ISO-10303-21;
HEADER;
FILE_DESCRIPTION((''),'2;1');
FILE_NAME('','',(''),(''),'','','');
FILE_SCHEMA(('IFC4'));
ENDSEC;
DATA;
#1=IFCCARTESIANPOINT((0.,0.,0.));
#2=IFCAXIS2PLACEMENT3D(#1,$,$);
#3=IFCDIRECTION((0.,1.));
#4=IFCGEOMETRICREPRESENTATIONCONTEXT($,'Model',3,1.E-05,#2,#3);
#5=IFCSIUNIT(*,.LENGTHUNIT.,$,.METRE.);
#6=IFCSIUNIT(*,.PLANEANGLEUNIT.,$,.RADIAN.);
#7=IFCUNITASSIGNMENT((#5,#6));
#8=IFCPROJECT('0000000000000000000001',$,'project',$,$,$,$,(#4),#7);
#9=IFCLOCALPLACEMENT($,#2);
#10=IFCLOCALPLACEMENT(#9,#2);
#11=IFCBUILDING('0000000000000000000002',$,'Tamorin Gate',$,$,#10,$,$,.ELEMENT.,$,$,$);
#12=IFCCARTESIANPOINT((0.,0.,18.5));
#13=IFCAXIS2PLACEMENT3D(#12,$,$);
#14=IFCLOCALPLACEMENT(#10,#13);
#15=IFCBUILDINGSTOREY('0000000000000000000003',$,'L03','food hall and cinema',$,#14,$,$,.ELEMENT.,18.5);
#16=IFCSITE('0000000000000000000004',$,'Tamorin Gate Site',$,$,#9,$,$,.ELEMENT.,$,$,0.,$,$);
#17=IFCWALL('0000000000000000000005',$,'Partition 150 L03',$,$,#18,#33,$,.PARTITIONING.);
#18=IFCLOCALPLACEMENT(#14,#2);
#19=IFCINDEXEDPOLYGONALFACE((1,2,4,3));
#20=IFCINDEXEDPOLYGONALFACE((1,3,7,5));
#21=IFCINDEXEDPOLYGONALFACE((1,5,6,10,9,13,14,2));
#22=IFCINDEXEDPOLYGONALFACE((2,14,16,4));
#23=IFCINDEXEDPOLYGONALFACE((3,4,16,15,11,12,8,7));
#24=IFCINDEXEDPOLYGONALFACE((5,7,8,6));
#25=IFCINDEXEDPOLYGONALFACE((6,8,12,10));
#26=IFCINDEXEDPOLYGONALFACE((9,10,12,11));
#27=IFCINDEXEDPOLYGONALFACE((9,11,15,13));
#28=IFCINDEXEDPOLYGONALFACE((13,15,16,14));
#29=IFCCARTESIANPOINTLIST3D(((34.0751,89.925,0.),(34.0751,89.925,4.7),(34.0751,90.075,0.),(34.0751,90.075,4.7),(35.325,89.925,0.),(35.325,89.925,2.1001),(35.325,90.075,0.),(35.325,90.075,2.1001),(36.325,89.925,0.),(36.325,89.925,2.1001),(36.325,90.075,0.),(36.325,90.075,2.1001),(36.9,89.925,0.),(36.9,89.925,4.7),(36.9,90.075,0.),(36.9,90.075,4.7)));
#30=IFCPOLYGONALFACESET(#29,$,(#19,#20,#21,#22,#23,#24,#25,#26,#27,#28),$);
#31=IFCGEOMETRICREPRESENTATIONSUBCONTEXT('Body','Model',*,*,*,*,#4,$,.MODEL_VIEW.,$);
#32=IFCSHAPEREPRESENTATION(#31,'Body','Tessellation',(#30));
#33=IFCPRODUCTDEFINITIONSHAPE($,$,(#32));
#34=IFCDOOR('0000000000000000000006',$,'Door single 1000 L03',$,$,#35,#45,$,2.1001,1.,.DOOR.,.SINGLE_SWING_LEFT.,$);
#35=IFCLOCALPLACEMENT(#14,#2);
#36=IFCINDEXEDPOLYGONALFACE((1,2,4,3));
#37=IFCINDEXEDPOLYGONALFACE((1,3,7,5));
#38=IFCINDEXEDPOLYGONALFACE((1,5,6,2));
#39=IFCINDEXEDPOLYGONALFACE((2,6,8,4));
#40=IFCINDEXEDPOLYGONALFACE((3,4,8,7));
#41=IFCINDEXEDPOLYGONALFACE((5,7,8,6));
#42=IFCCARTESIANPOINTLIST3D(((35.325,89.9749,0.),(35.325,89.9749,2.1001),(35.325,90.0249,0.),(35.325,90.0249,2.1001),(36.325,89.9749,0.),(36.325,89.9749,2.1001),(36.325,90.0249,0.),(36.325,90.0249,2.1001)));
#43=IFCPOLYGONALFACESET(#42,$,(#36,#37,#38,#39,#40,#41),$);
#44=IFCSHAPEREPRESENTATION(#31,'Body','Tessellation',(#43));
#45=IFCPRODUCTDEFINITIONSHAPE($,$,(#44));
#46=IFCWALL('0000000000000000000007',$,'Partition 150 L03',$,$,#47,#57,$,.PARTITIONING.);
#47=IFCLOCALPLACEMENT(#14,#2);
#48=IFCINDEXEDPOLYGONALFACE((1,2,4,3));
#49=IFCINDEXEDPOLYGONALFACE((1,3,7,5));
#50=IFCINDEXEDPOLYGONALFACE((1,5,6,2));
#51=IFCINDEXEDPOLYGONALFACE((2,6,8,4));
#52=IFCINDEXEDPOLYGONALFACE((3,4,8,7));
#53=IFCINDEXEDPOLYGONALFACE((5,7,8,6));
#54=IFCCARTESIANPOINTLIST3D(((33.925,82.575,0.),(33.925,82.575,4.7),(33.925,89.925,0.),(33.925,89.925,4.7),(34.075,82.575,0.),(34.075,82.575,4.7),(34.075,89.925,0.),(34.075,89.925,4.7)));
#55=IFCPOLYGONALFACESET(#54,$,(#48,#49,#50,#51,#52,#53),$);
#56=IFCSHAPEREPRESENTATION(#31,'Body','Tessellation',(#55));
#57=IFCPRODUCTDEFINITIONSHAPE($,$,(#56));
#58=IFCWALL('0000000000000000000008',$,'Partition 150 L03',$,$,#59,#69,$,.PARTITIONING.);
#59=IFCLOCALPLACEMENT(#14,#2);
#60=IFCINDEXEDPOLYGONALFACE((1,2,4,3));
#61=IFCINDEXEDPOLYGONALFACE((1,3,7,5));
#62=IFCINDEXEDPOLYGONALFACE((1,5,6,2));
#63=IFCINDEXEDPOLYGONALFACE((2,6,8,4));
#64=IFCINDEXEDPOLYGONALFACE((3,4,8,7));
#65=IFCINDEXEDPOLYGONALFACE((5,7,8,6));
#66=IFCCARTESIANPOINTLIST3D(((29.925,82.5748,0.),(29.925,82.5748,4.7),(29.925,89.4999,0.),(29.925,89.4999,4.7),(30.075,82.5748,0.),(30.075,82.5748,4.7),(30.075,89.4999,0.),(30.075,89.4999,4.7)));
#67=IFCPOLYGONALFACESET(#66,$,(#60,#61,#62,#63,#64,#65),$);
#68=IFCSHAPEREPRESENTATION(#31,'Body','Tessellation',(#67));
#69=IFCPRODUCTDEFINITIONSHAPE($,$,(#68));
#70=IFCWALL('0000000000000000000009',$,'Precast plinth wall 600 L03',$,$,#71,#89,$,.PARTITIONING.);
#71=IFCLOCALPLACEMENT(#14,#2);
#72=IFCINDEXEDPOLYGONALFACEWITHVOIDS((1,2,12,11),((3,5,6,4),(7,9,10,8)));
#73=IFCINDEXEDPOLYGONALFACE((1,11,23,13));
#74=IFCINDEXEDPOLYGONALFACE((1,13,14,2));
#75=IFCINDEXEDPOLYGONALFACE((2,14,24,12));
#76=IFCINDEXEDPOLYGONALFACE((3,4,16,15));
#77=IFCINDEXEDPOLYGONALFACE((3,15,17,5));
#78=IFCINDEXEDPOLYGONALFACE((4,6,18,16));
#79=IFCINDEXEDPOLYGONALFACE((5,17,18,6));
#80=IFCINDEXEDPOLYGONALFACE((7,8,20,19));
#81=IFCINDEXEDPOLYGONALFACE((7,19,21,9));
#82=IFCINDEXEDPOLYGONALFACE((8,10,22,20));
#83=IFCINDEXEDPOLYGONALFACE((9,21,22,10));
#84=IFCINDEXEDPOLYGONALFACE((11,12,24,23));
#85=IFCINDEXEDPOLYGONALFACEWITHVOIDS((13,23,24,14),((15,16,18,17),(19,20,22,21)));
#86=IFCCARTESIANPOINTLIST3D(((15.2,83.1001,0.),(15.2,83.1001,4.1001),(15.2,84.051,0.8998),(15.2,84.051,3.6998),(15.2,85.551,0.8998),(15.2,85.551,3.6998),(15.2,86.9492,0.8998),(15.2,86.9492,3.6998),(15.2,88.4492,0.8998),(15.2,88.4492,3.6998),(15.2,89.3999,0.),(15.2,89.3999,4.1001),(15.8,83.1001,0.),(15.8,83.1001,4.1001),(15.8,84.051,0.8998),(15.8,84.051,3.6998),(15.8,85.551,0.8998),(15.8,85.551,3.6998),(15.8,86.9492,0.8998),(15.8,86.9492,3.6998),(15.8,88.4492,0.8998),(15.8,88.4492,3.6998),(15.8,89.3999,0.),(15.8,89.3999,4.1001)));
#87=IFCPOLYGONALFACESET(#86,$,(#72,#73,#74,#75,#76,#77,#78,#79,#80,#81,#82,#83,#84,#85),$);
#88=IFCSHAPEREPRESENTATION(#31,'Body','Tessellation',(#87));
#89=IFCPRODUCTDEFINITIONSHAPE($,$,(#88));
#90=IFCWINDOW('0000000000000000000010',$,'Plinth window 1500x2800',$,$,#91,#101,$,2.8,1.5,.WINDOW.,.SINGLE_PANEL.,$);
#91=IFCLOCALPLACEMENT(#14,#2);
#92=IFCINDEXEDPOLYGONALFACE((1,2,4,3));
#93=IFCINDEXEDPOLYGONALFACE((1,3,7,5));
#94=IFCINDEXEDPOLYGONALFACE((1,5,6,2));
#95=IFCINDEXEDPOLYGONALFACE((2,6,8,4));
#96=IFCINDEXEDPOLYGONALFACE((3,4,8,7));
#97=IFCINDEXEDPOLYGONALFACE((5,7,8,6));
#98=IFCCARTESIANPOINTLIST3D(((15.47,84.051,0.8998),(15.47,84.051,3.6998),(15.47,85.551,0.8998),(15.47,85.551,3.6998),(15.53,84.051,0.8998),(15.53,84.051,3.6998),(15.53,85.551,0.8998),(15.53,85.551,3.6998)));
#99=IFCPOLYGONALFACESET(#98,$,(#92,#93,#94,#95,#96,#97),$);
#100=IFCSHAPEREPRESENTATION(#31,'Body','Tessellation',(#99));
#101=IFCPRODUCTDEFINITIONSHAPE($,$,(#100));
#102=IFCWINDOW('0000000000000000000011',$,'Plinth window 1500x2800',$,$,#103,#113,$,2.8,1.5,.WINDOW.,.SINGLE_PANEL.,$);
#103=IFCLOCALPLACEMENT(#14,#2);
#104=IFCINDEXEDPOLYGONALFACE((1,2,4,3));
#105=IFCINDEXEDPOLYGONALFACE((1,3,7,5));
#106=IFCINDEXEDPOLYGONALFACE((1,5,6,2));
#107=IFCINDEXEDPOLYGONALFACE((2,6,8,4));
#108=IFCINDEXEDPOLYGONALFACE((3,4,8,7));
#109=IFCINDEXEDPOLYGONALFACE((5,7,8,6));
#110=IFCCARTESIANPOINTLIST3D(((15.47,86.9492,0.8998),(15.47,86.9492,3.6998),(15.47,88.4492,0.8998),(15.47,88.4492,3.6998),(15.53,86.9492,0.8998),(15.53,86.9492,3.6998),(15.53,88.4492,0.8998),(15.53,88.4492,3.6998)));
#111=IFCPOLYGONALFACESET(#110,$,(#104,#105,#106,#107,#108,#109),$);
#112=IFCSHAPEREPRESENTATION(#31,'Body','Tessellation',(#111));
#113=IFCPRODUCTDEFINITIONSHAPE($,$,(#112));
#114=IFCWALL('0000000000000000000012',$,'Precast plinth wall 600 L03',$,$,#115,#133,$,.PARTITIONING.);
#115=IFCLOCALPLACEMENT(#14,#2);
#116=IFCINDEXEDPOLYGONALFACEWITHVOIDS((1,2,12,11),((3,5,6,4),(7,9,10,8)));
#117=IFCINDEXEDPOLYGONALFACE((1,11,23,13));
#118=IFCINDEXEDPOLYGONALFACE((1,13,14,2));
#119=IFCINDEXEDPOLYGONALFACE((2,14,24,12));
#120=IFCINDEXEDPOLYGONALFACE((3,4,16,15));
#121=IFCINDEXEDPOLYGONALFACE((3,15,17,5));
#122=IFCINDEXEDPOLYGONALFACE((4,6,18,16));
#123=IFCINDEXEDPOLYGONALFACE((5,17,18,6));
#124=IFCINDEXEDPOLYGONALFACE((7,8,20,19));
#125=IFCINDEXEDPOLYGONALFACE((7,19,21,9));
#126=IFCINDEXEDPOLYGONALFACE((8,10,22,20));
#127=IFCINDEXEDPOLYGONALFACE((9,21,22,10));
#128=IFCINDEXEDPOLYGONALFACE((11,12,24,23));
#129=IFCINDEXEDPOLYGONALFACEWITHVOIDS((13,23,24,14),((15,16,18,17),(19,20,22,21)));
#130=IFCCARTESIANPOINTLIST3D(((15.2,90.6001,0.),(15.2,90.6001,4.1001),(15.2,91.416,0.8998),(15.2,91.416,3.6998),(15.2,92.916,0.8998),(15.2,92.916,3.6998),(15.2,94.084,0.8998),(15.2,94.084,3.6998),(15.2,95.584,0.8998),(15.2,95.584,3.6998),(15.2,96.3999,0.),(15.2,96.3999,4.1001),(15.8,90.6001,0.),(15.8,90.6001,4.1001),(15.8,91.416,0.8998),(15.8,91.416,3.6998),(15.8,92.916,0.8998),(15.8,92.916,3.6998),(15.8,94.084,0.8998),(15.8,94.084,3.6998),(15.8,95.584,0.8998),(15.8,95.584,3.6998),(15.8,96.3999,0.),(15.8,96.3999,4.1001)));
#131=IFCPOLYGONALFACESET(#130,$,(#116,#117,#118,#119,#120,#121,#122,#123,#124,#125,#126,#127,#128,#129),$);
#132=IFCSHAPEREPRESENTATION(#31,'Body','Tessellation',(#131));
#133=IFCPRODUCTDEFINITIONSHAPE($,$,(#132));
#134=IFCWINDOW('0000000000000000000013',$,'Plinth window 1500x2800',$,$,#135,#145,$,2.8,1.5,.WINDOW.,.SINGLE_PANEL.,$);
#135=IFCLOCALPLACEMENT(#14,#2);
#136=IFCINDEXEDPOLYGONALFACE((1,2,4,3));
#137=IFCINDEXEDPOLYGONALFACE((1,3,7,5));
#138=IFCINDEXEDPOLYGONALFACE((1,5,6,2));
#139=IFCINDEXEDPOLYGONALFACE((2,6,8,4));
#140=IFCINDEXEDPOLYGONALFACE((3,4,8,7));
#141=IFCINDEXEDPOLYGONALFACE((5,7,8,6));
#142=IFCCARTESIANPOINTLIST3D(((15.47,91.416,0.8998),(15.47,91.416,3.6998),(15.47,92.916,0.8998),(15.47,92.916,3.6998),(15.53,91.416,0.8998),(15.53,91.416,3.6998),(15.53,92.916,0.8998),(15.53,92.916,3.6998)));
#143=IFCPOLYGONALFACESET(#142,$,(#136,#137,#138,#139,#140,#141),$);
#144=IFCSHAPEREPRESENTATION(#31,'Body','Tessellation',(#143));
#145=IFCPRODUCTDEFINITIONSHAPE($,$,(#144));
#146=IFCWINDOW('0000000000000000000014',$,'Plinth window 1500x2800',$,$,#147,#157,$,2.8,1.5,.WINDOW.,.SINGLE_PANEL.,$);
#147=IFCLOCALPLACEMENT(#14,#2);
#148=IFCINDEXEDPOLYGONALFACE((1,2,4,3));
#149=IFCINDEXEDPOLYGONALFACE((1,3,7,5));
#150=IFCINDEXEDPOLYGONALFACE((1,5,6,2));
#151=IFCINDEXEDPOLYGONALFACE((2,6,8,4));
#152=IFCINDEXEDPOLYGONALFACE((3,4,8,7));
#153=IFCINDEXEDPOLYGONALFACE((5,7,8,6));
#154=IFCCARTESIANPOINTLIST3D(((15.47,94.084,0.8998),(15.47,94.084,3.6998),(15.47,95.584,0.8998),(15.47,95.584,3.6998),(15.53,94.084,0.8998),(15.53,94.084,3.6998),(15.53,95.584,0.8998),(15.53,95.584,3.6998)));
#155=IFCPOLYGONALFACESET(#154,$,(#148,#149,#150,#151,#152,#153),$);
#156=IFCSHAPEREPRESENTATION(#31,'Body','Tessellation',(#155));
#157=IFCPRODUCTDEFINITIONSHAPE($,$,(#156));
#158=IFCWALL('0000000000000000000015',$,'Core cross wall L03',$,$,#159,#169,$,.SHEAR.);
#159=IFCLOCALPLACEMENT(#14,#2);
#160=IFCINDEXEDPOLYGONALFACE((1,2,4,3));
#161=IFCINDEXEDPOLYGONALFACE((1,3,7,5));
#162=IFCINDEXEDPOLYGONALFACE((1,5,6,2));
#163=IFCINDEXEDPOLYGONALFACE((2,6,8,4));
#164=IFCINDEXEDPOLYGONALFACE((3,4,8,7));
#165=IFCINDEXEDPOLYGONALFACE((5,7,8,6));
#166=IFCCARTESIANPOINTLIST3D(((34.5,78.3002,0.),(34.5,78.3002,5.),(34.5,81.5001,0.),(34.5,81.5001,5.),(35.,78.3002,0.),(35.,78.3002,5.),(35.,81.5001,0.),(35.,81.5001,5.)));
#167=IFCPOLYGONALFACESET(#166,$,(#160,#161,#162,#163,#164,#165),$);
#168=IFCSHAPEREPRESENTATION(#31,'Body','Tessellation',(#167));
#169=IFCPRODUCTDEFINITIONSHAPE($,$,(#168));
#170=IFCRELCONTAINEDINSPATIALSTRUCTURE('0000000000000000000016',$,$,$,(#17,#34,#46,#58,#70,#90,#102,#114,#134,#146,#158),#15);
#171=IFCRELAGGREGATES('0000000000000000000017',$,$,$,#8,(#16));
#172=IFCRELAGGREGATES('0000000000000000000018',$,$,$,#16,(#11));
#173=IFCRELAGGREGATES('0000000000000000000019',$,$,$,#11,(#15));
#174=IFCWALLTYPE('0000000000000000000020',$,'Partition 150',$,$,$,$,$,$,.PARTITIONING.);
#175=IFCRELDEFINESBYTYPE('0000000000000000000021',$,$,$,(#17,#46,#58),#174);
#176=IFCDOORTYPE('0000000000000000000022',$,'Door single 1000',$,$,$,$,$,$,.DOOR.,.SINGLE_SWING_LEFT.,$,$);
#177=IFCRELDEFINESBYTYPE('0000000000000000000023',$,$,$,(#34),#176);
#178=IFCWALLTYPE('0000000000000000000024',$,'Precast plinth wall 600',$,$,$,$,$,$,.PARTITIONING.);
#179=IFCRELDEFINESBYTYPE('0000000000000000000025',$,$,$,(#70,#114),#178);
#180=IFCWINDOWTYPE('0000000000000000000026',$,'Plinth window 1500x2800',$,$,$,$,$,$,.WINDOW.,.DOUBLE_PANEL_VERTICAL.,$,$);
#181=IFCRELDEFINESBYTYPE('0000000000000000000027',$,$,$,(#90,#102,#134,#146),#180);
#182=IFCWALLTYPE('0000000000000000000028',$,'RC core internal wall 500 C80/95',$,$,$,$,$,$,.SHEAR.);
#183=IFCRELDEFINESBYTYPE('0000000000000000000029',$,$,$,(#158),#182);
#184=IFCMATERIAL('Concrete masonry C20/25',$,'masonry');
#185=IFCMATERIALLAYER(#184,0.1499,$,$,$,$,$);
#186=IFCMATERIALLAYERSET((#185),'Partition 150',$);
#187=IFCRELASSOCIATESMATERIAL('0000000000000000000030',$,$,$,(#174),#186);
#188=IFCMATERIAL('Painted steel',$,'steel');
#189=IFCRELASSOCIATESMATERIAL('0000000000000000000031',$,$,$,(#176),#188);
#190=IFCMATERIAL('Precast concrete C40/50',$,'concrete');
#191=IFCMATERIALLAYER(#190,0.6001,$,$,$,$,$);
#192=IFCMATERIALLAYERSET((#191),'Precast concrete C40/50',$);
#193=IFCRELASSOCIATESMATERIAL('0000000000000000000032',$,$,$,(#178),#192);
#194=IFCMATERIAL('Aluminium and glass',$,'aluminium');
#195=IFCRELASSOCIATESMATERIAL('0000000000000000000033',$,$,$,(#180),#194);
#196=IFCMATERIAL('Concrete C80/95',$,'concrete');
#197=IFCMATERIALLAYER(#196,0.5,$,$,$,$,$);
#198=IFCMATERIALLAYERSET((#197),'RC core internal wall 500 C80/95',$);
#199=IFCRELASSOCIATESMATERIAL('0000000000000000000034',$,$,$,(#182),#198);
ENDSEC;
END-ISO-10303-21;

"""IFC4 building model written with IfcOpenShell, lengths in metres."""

from ifc_helpers import new_model, si_unit, direction, frame, frame_2d, origin, place, context, subcontext, project, spatial, rectangle, extrude, material, layer, layer_set, type_object, element, fill, save


model = new_model("IFC4")

# Units and contexts
model_context = context("Model", 3, precision=1e-05, world=origin(), true_north=direction((0.0, 1.0)))
body_context = subcontext(model_context, "Body", "Model", "MODEL_VIEW")
ifc_project = project(units=[si_unit("LENGTHUNIT", "METRE"), si_unit("PLANEANGLEUNIT", "RADIAN")], contexts=[model_context])

# Site, building, storey
site_placement = place(None, origin())
site = spatial("IfcSite", under=ifc_project, at=site_placement, Name="Tamorin Gate Site", CompositionType="ELEMENT", RefElevation=0.0)
building_placement = place(site_placement, origin())
building = spatial("IfcBuilding", under=site, at=building_placement, Name="Tamorin Gate", CompositionType="ELEMENT")
storey_placement = place(building_placement, frame((0.0, 0.0, 18.5)))
storey = spatial("IfcBuildingStorey", under=building, at=storey_placement, Name="L03", Description="food hall and cinema", CompositionType="ELEMENT", Elevation=18.5)

# Shared definitions
ifc_material_1 = material(Name="Concrete C80/95", Category="concrete")

# Shared definitions
ifc_material_2 = material(Name="Concrete masonry C20/25", Category="masonry")
ifc_layer_1 = layer(ifc_material_2, 0.1499)
ifc_layer_set_1 = layer_set([ifc_layer_1], Name="Partition 150")
wall_type_1 = type_object("IfcWallType", Name="Partition 150", PredefinedType="PARTITIONING", material=ifc_layer_set_1)

# Wall, opening, door
ifc_material_3 = material(Name="Painted steel", Category="steel")
door_type_1 = type_object("IfcDoorType", Name="Door single 1000", OperationType="SINGLE_SWING_LEFT", PredefinedType="DOOR", material=ifc_material_3)
wall_1_placement = place(storey_placement, frame((34.075, 90.0, 0.0), z_axis=(0.0, 0.0, 1.0), x_axis=(1.0, 0.0, 0.0)))
wall_1 = element("IfcWall", 1, at=wall_1_placement, inside=storey, type_object=wall_type_1, Name="Partition 150 L03", PredefinedType="PARTITIONING", context=body_context, shape_type="SweptSolid", body=[
    extrude(rectangle(XDim=2.825, YDim=0.1499, at=frame_2d((1.4126, 0.0))), origin(), (0.0, 0.0, 1.0), 4.7),
])
opening_1_placement = place(wall_1_placement, frame((1.25, 0.0, 0.0)))
opening_1 = element("IfcOpeningElement", 2, at=opening_1_placement, cuts=wall_1, PredefinedType="OPENING", context=body_context, shape_type="SweptSolid", body=[
    extrude(rectangle(XDim=1.0, YDim=2.1001, at=frame_2d((0.5, 1.05))), frame((0.0, 0.085, 0.0), z_axis=(0.0, -1.0, 0.0), x_axis=(1.0, 0.0, 0.0)), (0.0, 0.0, 1.0), 0.1699),
])
door_1_placement = place(opening_1_placement, origin())
door_1 = element("IfcDoor", 3, at=door_1_placement, inside=storey, type_object=door_type_1, Name="Door single 1000 L03", OperationType="SINGLE_SWING_LEFT", OverallHeight=2.1001, OverallWidth=1.0, PredefinedType="DOOR", context=body_context, shape_type="SweptSolid", body=[
    extrude(rectangle(XDim=1.0, YDim=2.1001, at=frame_2d((0.5, 1.05))), frame((0.0, 0.0249, 0.0), z_axis=(0.0, -1.0, 0.0), x_axis=(1.0, 0.0, 0.0)), (0.0, 0.0, 1.0), 0.05),
])
fill(opening_1, door_1)

# Walls
wall_2_placement = place(storey_placement, frame((34.0, 82.575, 0.0), z_axis=(0.0, 0.0, 1.0), x_axis=(0.0, 1.0, 0.0)))
element("IfcWall", 4, at=wall_2_placement, inside=storey, type_object=wall_type_1, Name="Partition 150 L03", PredefinedType="PARTITIONING", context=body_context, shape_type="SweptSolid", body=[
    extrude(rectangle(XDim=7.3501, YDim=0.1499, at=frame_2d((3.675, 0.0))), origin(), (0.0, 0.0, 1.0), 4.7),
])
wall_3_placement = place(storey_placement, frame((30.0, 82.575, 0.0), z_axis=(0.0, 0.0, 1.0), x_axis=(0.0, 1.0, 0.0)))
element("IfcWall", 5, at=wall_3_placement, inside=storey, type_object=wall_type_1, Name="Partition 150 L03", PredefinedType="PARTITIONING", context=body_context, shape_type="SweptSolid", body=[
    extrude(rectangle(XDim=6.925, YDim=0.1499, at=frame_2d((3.4624, 0.0))), origin(), (0.0, 0.0, 1.0), 4.7),
])

# Walls, openings, windows
ifc_material_4 = material(Name="Precast concrete C40/50", Category="concrete")
ifc_layer_2 = layer(ifc_material_4, 0.6001)
ifc_layer_set_2 = layer_set([ifc_layer_2], Name="Precast concrete C40/50")
wall_type_2 = type_object("IfcWallType", Name="Precast plinth wall 600", PredefinedType="PARTITIONING", material=ifc_layer_set_2)
wall_4_placement = place(storey_placement, frame((15.5, 83.1001, 0.0), z_axis=(0.0, 0.0, 1.0), x_axis=(0.0, 1.0, 0.0)))
wall_4 = element("IfcWall", 6, at=wall_4_placement, inside=storey, type_object=wall_type_2, Name="Precast plinth wall 600 L03", PredefinedType="PARTITIONING", context=body_context, shape_type="SweptSolid", body=[
    extrude(rectangle(XDim=6.2998, YDim=0.6001, at=frame_2d((3.1499, 0.0))), origin(), (0.0, 0.0, 1.0), 4.1001),
])
opening_2_placement = place(wall_4_placement, frame((0.9509, 0.0, 0.8999)))
opening_2 = element("IfcOpeningElement", 7, at=opening_2_placement, cuts=wall_4, PredefinedType="OPENING", context=body_context, shape_type="SweptSolid", body=[
    extrude(rectangle(XDim=1.5, YDim=2.8, at=frame_2d((0.75, 1.3999))), frame((0.0, 0.3101, 0.0), z_axis=(0.0, -1.0, 0.0), x_axis=(1.0, 0.0, 0.0)), (0.0, 0.0, 1.0), 0.6201),
])
opening_3_placement = place(wall_4_placement, frame((3.8491, 0.0, 0.8999)))
opening_3 = element("IfcOpeningElement", 8, at=opening_3_placement, cuts=wall_4, PredefinedType="OPENING", context=body_context, shape_type="SweptSolid", body=[
    extrude(rectangle(XDim=1.5, YDim=2.8, at=frame_2d((0.75, 1.3999))), frame((0.0, 0.3101, 0.0), z_axis=(0.0, -1.0, 0.0), x_axis=(1.0, 0.0, 0.0)), (0.0, 0.0, 1.0), 0.6201),
])
ifc_material_5 = material(Name="Aluminium and glass", Category="aluminium")
window_type = type_object("IfcWindowType", Name="Plinth window 1500x2800", PartitioningType="DOUBLE_PANEL_VERTICAL", PredefinedType="WINDOW", material=ifc_material_5)
window_1_placement = place(opening_2_placement, origin())
window_1 = element("IfcWindow", 9, at=window_1_placement, inside=storey, type_object=window_type, Name="Plinth window 1500x2800", OverallHeight=2.8, OverallWidth=1.5, PartitioningType="SINGLE_PANEL", PredefinedType="WINDOW", context=body_context, shape_type="SweptSolid", body=[
    extrude(rectangle(XDim=1.5, YDim=2.8, at=frame_2d((0.75, 1.3999))), frame((0.0, 0.03, 0.0), z_axis=(0.0, -1.0, 0.0), x_axis=(1.0, 0.0, 0.0)), (0.0, 0.0, 1.0), 0.0601),
])
fill(opening_2, window_1)
window_2_placement = place(opening_3_placement, origin())
window_2 = element("IfcWindow", 10, at=window_2_placement, inside=storey, type_object=window_type, Name="Plinth window 1500x2800", OverallHeight=2.8, OverallWidth=1.5, PartitioningType="SINGLE_PANEL", PredefinedType="WINDOW", context=body_context, shape_type="SweptSolid", body=[
    extrude(rectangle(XDim=1.5, YDim=2.8, at=frame_2d((0.75, 1.3999))), frame((0.0, 0.03, 0.0), z_axis=(0.0, -1.0, 0.0), x_axis=(1.0, 0.0, 0.0)), (0.0, 0.0, 1.0), 0.0601),
])
fill(opening_3, window_2)
wall_5_placement = place(storey_placement, frame((15.5, 90.6001, 0.0), z_axis=(0.0, 0.0, 1.0), x_axis=(0.0, 1.0, 0.0)))
wall_5 = element("IfcWall", 11, at=wall_5_placement, inside=storey, type_object=wall_type_2, Name="Precast plinth wall 600 L03", PredefinedType="PARTITIONING", context=body_context, shape_type="SweptSolid", body=[
    extrude(rectangle(XDim=5.7998, YDim=0.6001, at=frame_2d((2.8999, 0.0))), origin(), (0.0, 0.0, 1.0), 4.1001),
])
opening_4_placement = place(wall_5_placement, frame((0.8159, 0.0, 0.8999)))
opening_4 = element("IfcOpeningElement", 12, at=opening_4_placement, cuts=wall_5, PredefinedType="OPENING", context=body_context, shape_type="SweptSolid", body=[
    extrude(rectangle(XDim=1.5, YDim=2.8, at=frame_2d((0.75, 1.3999))), frame((0.0, 0.3101, 0.0), z_axis=(0.0, -1.0, 0.0), x_axis=(1.0, 0.0, 0.0)), (0.0, 0.0, 1.0), 0.6201),
])
opening_5_placement = place(wall_5_placement, frame((3.4839, 0.0, 0.8999)))
opening_5 = element("IfcOpeningElement", 13, at=opening_5_placement, cuts=wall_5, PredefinedType="OPENING", context=body_context, shape_type="SweptSolid", body=[
    extrude(rectangle(XDim=1.5, YDim=2.8, at=frame_2d((0.75, 1.3999))), frame((0.0, 0.3101, 0.0), z_axis=(0.0, -1.0, 0.0), x_axis=(1.0, 0.0, 0.0)), (0.0, 0.0, 1.0), 0.6201),
])
window_3_placement = place(opening_4_placement, origin())
window_3 = element("IfcWindow", 14, at=window_3_placement, inside=storey, type_object=window_type, Name="Plinth window 1500x2800", OverallHeight=2.8, OverallWidth=1.5, PartitioningType="SINGLE_PANEL", PredefinedType="WINDOW", context=body_context, shape_type="SweptSolid", body=[
    extrude(rectangle(XDim=1.5, YDim=2.8, at=frame_2d((0.75, 1.3999))), frame((0.0, 0.03, 0.0), z_axis=(0.0, -1.0, 0.0), x_axis=(1.0, 0.0, 0.0)), (0.0, 0.0, 1.0), 0.0601),
])
fill(opening_4, window_3)
window_4_placement = place(opening_5_placement, origin())
window_4 = element("IfcWindow", 15, at=window_4_placement, inside=storey, type_object=window_type, Name="Plinth window 1500x2800", OverallHeight=2.8, OverallWidth=1.5, PartitioningType="SINGLE_PANEL", PredefinedType="WINDOW", context=body_context, shape_type="SweptSolid", body=[
    extrude(rectangle(XDim=1.5, YDim=2.8, at=frame_2d((0.75, 1.3999))), frame((0.0, 0.03, 0.0), z_axis=(0.0, -1.0, 0.0), x_axis=(1.0, 0.0, 0.0)), (0.0, 0.0, 1.0), 0.0601),
])
fill(opening_5, window_4)

# Wall
ifc_layer_3 = layer(ifc_material_1, 0.5)
ifc_layer_set_3 = layer_set([ifc_layer_3], Name="RC core internal wall 500 C80/95")
wall_type_3 = type_object("IfcWallType", Name="RC core internal wall 500 C80/95", PredefinedType="SHEAR", material=ifc_layer_set_3)
wall_6_placement = place(storey_placement, frame((34.75, 78.3, 0.0), z_axis=(0.0, 0.0, 1.0), x_axis=(0.0, 1.0, 0.0)))
element("IfcWall", 16, at=wall_6_placement, inside=storey, type_object=wall_type_3, Name="Core cross wall L03", PredefinedType="SHEAR", context=body_context, shape_type="SweptSolid", body=[
    extrude(rectangle(XDim=3.2, YDim=0.5, at=frame_2d((1.6001, 0.0))), origin(), (0.0, 0.0, 1.0), 5.0),
])

save(model, "model.ifc")
